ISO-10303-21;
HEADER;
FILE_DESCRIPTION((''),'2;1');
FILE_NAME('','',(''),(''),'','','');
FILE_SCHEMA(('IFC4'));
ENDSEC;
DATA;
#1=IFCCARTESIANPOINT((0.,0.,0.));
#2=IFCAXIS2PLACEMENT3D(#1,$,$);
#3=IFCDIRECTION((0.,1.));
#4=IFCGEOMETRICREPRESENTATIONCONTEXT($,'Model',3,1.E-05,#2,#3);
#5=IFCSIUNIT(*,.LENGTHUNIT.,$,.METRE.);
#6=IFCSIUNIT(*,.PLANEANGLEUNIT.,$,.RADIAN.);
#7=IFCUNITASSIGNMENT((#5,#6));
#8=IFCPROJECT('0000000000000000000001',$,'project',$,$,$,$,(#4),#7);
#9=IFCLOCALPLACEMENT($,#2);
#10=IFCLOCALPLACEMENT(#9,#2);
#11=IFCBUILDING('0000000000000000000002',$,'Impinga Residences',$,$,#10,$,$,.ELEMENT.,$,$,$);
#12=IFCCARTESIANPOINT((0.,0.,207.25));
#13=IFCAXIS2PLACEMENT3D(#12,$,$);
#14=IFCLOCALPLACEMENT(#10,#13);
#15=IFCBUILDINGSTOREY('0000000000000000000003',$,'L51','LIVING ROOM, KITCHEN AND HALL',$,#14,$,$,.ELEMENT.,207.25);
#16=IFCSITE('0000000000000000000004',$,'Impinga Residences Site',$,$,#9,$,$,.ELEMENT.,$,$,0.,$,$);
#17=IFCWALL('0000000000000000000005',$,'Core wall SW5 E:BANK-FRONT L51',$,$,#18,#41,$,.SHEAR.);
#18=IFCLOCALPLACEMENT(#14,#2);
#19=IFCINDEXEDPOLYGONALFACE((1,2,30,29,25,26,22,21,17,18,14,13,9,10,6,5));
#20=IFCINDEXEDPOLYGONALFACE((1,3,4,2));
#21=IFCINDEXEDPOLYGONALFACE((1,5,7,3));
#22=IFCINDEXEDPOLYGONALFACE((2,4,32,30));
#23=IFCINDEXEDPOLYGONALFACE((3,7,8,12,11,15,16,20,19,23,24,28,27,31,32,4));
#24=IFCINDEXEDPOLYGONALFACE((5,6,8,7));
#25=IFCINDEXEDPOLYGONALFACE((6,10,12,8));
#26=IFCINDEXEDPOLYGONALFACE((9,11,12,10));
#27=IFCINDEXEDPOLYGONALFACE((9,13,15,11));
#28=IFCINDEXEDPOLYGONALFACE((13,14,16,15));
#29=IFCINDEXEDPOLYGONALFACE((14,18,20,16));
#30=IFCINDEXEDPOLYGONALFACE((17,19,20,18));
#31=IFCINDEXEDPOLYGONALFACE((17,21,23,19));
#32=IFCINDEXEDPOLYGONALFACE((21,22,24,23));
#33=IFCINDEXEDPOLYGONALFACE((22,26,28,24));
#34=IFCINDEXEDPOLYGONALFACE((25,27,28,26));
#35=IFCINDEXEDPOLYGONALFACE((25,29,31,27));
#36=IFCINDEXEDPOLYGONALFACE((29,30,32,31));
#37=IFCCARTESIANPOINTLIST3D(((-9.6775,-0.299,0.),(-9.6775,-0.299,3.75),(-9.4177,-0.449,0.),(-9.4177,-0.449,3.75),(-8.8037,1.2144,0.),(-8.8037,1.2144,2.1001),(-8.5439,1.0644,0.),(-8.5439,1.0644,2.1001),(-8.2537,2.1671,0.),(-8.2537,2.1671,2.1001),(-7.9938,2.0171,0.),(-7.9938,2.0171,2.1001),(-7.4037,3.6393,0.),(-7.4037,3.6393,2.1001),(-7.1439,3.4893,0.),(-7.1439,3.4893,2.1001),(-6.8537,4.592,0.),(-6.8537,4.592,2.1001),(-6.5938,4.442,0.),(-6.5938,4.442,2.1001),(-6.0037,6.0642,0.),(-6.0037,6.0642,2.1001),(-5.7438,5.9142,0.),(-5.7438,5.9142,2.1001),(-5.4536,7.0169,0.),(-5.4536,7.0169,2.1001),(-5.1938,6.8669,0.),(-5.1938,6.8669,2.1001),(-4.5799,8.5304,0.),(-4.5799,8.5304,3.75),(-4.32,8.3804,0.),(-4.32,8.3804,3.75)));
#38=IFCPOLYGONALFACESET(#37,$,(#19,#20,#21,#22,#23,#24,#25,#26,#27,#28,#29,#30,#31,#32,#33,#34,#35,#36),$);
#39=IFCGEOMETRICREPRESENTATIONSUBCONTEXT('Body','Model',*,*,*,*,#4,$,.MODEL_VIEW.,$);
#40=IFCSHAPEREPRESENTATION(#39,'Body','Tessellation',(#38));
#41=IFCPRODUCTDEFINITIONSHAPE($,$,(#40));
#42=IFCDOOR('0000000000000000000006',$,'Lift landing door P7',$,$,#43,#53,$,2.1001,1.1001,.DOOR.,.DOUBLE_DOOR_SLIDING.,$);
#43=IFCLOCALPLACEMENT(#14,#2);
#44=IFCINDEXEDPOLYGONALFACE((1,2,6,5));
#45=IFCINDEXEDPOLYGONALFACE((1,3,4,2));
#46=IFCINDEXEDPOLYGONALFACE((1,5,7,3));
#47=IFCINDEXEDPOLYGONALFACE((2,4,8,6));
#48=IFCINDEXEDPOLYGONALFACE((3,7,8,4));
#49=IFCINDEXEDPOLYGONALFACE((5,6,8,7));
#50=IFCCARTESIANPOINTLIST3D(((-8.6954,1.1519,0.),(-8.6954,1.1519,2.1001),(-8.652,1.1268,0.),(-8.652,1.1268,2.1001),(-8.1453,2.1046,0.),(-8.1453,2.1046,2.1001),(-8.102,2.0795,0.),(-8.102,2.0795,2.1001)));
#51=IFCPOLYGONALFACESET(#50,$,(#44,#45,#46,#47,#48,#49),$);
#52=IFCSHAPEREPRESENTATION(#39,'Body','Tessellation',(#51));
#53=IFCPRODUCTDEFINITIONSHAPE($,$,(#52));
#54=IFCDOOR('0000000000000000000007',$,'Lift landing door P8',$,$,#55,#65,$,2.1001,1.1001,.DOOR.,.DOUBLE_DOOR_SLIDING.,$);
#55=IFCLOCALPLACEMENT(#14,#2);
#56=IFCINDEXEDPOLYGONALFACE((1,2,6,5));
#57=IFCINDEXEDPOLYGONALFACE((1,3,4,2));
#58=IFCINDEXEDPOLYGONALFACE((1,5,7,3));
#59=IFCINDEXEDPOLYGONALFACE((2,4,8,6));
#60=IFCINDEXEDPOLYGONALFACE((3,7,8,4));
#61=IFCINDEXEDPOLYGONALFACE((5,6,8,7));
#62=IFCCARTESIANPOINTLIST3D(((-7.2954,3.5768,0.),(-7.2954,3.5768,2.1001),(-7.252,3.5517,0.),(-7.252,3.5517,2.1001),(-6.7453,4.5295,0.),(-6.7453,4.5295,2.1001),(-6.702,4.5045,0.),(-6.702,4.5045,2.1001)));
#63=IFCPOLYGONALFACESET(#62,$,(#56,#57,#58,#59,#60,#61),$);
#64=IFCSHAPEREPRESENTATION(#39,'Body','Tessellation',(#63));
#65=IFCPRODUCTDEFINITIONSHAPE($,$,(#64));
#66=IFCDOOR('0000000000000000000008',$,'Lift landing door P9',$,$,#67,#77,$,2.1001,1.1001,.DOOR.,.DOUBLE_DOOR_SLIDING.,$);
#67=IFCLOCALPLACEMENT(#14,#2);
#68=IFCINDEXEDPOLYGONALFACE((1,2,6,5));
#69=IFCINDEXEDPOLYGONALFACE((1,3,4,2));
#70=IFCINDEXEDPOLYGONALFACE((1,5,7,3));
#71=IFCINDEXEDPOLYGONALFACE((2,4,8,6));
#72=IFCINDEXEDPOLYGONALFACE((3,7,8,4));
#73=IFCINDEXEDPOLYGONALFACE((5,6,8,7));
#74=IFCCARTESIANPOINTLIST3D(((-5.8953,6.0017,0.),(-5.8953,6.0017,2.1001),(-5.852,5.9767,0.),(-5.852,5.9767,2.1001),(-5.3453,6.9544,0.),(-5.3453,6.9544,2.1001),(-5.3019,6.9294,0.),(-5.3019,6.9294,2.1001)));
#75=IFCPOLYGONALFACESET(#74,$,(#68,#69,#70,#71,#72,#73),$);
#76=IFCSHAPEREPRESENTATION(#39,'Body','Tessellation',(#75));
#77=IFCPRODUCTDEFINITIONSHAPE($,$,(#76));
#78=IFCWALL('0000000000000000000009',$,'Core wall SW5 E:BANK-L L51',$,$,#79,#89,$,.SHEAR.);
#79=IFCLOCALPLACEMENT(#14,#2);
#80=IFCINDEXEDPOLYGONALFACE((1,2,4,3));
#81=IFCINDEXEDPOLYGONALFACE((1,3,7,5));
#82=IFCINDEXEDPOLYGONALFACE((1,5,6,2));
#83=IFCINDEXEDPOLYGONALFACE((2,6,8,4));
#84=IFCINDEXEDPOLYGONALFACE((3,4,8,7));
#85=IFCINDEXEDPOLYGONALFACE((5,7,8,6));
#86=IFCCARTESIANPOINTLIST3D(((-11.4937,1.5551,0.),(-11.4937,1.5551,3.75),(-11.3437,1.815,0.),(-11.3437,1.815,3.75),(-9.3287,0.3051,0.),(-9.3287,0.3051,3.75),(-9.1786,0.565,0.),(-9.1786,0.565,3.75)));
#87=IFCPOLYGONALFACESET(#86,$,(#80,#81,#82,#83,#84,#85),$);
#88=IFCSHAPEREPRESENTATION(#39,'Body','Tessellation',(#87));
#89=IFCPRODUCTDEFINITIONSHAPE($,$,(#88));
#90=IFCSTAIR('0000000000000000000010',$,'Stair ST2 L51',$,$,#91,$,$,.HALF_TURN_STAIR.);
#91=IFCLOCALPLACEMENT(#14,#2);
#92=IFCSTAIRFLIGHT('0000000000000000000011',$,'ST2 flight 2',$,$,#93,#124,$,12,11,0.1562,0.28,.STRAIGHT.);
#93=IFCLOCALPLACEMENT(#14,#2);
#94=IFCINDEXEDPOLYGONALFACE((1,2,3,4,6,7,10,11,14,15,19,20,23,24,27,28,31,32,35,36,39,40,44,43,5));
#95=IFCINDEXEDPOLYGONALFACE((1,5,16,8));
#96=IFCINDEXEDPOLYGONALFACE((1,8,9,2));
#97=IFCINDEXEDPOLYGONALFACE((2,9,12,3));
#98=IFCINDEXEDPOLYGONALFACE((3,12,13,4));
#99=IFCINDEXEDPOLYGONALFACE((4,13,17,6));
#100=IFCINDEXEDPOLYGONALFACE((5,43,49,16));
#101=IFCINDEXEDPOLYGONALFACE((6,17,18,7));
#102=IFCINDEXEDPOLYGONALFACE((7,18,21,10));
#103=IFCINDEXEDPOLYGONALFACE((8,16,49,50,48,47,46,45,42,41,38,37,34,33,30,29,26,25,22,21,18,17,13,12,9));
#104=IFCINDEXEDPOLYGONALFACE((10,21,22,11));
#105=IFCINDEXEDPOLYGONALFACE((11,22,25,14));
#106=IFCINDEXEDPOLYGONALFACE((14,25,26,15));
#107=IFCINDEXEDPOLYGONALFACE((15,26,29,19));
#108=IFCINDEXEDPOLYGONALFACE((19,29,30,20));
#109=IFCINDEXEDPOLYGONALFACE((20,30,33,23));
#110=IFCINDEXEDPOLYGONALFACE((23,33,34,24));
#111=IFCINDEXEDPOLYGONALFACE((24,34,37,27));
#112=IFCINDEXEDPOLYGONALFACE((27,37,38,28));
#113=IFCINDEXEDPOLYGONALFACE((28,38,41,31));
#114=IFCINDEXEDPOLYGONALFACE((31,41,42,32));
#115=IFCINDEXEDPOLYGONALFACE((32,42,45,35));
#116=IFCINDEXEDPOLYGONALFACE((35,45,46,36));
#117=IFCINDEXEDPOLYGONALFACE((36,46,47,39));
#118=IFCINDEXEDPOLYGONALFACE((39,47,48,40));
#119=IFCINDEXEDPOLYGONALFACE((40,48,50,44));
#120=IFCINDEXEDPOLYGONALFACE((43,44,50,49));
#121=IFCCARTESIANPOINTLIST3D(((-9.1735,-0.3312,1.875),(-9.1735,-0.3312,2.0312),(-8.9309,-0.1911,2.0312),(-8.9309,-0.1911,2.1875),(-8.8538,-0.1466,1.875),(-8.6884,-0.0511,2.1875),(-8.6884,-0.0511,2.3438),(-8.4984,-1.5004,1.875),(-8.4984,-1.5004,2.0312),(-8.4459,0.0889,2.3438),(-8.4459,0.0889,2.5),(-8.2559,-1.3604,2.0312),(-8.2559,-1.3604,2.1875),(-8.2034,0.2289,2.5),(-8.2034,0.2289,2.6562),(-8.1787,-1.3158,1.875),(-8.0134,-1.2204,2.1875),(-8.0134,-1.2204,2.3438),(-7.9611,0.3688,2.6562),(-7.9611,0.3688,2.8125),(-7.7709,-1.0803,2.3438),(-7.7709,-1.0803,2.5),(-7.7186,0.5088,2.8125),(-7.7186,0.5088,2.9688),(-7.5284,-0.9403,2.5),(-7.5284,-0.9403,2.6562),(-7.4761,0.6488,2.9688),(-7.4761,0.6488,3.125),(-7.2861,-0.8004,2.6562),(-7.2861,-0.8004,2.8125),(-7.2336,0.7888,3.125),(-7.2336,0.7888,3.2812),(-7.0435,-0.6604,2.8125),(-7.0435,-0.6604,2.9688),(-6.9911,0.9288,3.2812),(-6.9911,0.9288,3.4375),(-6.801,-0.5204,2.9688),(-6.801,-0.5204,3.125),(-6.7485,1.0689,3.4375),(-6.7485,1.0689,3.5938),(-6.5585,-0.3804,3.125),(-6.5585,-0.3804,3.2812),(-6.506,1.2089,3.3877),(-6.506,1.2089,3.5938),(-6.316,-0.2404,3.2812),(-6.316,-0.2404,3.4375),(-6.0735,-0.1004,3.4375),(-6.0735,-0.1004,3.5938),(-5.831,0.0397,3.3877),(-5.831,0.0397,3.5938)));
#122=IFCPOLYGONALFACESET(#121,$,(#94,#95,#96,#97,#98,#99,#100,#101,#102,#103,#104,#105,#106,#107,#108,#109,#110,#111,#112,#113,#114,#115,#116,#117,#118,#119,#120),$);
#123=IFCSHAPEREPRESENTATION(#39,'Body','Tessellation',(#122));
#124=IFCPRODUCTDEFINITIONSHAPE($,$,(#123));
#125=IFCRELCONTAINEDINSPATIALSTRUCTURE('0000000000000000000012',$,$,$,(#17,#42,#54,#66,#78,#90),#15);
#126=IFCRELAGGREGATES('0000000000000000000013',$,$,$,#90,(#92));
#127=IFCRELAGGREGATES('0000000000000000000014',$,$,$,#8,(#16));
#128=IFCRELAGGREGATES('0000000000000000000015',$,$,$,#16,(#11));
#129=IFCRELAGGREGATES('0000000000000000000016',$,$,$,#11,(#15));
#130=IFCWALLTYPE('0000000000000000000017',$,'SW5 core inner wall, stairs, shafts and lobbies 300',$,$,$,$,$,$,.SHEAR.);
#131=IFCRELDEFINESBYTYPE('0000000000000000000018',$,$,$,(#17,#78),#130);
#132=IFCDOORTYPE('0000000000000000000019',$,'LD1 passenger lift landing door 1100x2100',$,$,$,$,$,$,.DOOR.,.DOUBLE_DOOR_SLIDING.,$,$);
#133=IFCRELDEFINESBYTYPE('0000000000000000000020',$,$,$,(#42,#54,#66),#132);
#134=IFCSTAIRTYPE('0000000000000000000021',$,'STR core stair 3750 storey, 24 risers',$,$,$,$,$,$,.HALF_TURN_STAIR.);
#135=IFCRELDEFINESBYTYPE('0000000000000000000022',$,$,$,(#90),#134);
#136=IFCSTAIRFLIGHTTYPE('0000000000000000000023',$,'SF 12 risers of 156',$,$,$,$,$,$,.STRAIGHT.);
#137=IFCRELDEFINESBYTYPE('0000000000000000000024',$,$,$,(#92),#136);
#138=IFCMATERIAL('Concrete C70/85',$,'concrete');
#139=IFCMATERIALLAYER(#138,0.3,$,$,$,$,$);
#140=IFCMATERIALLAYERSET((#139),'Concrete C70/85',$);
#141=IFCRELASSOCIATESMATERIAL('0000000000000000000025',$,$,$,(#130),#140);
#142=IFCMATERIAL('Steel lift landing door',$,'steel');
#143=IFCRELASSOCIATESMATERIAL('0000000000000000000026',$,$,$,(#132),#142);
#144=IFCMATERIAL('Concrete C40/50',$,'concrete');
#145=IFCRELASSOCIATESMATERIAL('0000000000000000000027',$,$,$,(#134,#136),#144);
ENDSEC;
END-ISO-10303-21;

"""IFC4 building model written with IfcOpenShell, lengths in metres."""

from ifc_helpers import new_model, si_unit, direction, frame, frame_2d, origin, place, context, subcontext, project, spatial, polyline, rectangle, outline, extrude, material, layer, layer_set, type_object, element, fill, aggregate, save


model = new_model("IFC4")

# Units and contexts
model_context = context("Model", 3, precision=1e-05, world=origin(), true_north=direction((0.0, 1.0)))
body_context = subcontext(model_context, "Body", "Model", "MODEL_VIEW")
ifc_project = project(units=[si_unit("LENGTHUNIT", "METRE"), si_unit("PLANEANGLEUNIT", "RADIAN")], contexts=[model_context])

# Site, building, storey
site_placement = place(None, origin())
site = spatial("IfcSite", under=ifc_project, at=site_placement, Name="Impinga Residences Site", CompositionType="ELEMENT", RefElevation=0.0)
building_placement = place(site_placement, origin())
building = spatial("IfcBuilding", under=site, at=building_placement, Name="Impinga Residences", CompositionType="ELEMENT")
storey_placement = place(building_placement, frame((0.0, 0.0, 207.25)))
storey = spatial("IfcBuildingStorey", under=building, at=storey_placement, Name="L51", Description="LIVING ROOM, KITCHEN AND HALL", CompositionType="ELEMENT", Elevation=207.25)

# Wall, openings, doors
ifc_material_1 = material(Name="Concrete C70/85", Category="concrete")
ifc_layer_1 = layer(ifc_material_1, 0.3)
ifc_layer_set_1 = layer_set([ifc_layer_1], Name="Concrete C70/85")
wall_type_1 = type_object("IfcWallType", Name="SW5 core inner wall, stairs, shafts and lobbies 300", PredefinedType="SHEAR", material=ifc_layer_set_1)
wall_1_placement = place(storey_placement, frame((-9.5476, -0.374, 0.0), z_axis=(0.0, 0.0, 1.0), x_axis=(0.500002, 0.866024, 0.0)))
wall_1 = element("IfcWall", 1, at=wall_1_placement, inside=storey, type_object=wall_type_1, Name="Core wall SW5 E:BANK-FRONT L51", PredefinedType="SHEAR", context=body_context, shape_type="SweptSolid", body=[
    extrude(rectangle(XDim=10.1953, YDim=0.3, at=frame_2d((5.0977, 0.0))), origin(), (0.0, 0.0, 1.0), 3.75),
])
opening_1_placement = place(wall_1_placement, frame((1.7476, 0.0, 0.0)))
opening_1 = element("IfcOpeningElement", 2, at=opening_1_placement, cuts=wall_1, PredefinedType="OPENING", context=body_context, shape_type="SweptSolid", body=[
    extrude(rectangle(XDim=1.1001, YDim=2.1001, at=frame_2d((0.55, 1.05))), frame((0.0, 0.1599, 0.0), z_axis=(0.0, -1.0, 0.0), x_axis=(1.0, 0.0, 0.0)), (0.0, 0.0, 1.0), 0.3201),
])
opening_2_placement = place(wall_1_placement, frame((4.5476, 0.0, 0.0)))
opening_2 = element("IfcOpeningElement", 3, at=opening_2_placement, cuts=wall_1, PredefinedType="OPENING", context=body_context, shape_type="SweptSolid", body=[
    extrude(rectangle(XDim=1.1001, YDim=2.1001, at=frame_2d((0.55, 1.05))), frame((0.0, 0.1599, 0.0), z_axis=(0.0, -1.0, 0.0), x_axis=(1.0, 0.0, 0.0)), (0.0, 0.0, 1.0), 0.3201),
])
opening_3_placement = place(wall_1_placement, frame((7.3477, 0.0, 0.0)))
opening_3 = element("IfcOpeningElement", 4, at=opening_3_placement, cuts=wall_1, PredefinedType="OPENING", context=body_context, shape_type="SweptSolid", body=[
    extrude(rectangle(XDim=1.1001, YDim=2.1001, at=frame_2d((0.55, 1.05))), frame((0.0, 0.1599, 0.0), z_axis=(0.0, -1.0, 0.0), x_axis=(1.0, 0.0, 0.0)), (0.0, 0.0, 1.0), 0.3201),
])
ifc_material_2 = material(Name="Steel lift landing door", Category="steel")
door_type_1 = type_object("IfcDoorType", Name="LD1 passenger lift landing door 1100x2100", OperationType="DOUBLE_DOOR_SLIDING", PredefinedType="DOOR", material=ifc_material_2)
door_1_placement = place(opening_1_placement, origin())
door_1 = element("IfcDoor", 5, at=door_1_placement, inside=storey, type_object=door_type_1, Name="Lift landing door P7", OperationType="DOUBLE_DOOR_SLIDING", OverallHeight=2.1001, OverallWidth=1.1001, PredefinedType="DOOR", context=body_context, shape_type="SweptSolid", body=[
    extrude(rectangle(XDim=1.1001, YDim=2.1001, at=frame_2d((0.55, 1.05))), frame((0.0, 0.0249, 0.0), z_axis=(0.0, -1.0, 0.0), x_axis=(1.0, 0.0, 0.0)), (0.0, 0.0, 1.0), 0.05),
])
fill(opening_1, door_1)
door_2_placement = place(opening_2_placement, origin())
door_2 = element("IfcDoor", 6, at=door_2_placement, inside=storey, type_object=door_type_1, Name="Lift landing door P8", OperationType="DOUBLE_DOOR_SLIDING", OverallHeight=2.1001, OverallWidth=1.1001, PredefinedType="DOOR", context=body_context, shape_type="SweptSolid", body=[
    extrude(rectangle(XDim=1.1001, YDim=2.1001, at=frame_2d((0.55, 1.05))), frame((0.0, 0.0249, 0.0), z_axis=(0.0, -1.0, 0.0), x_axis=(1.0, 0.0, 0.0)), (0.0, 0.0, 1.0), 0.05),
])
fill(opening_2, door_2)
door_3_placement = place(opening_3_placement, origin())
door_3 = element("IfcDoor", 7, at=door_3_placement, inside=storey, type_object=door_type_1, Name="Lift landing door P9", OperationType="DOUBLE_DOOR_SLIDING", OverallHeight=2.1001, OverallWidth=1.1001, PredefinedType="DOOR", context=body_context, shape_type="SweptSolid", body=[
    extrude(rectangle(XDim=1.1001, YDim=2.1001, at=frame_2d((0.55, 1.05))), frame((0.0, 0.0249, 0.0), z_axis=(0.0, -1.0, 0.0), x_axis=(1.0, 0.0, 0.0)), (0.0, 0.0, 1.0), 0.05),
])
fill(opening_3, door_3)

# Wall
wall_2_placement = place(storey_placement, frame((-9.2537, 0.4351, 0.0), z_axis=(0.0, 0.0, 1.0), x_axis=(-0.866023, 0.500004, 0.0)))
element("IfcWall", 8, at=wall_2_placement, inside=storey, type_object=wall_type_1, Name="Core wall SW5 E:BANK-L L51", PredefinedType="SHEAR", context=body_context, shape_type="SweptSolid", body=[
    extrude(rectangle(XDim=2.5, YDim=0.3, at=frame_2d((1.25, 0.0))), origin(), (0.0, 0.0, 1.0), 3.75),
])

# Stair, stair flight
ifc_material_3 = material(Name="Concrete C40/50", Category="concrete")
stair_type = type_object("IfcStairType", Name="STR core stair 3750 storey, 24 risers", PredefinedType="HALF_TURN_STAIR", material=ifc_material_3)
stair_placement = place(storey_placement, origin())
stair = element("IfcStair", 9, at=stair_placement, inside=storey, type_object=stair_type, Name="Stair ST2 L51", PredefinedType="HALF_TURN_STAIR")
stair_flight_type = type_object("IfcStairFlightType", Name="SF 12 risers of 156", PredefinedType="STRAIGHT", material=ifc_material_3)
stair_flight_placement = place(storey_placement, frame((-8.8359, -0.9158, 1.875), z_axis=(0.0, 0.0, 1.0), x_axis=(0.866025, 0.5, 0.0)))
stair_flight = element("IfcStairFlight", 10, at=stair_flight_placement, type_object=stair_flight_type, Name="ST2 flight 2", NumberOfRisers=12, NumberOfTreads=11, PredefinedType="STRAIGHT", RiserHeight=0.1562, TreadLength=0.28, context=body_context, shape_type="SweptSolid", body=[
    extrude(outline(polyline([(0.0, 0.0), (0.0, 0.1562), (0.28, 0.1562), (0.28, 0.3125), (0.5601, 0.3125), (0.5601, 0.4688), (0.8401, 0.4688), (0.8401, 0.625), (1.1201, 0.625), (1.1201, 0.7812), (1.3999, 0.7812), (1.3999, 0.9375), (1.6799, 0.9375), (1.6799, 1.0938), (1.96, 1.0938), (1.96, 1.25), (2.24, 1.25), (2.24, 1.4062), (2.52, 1.4062), (2.52, 1.5625), (2.8, 1.5625), (2.8, 1.7188), (3.0801, 1.7188), (3.0801, 1.875), (3.0801, 1.5127), (0.3691, 0.0), (0.0, 0.0)])), frame((0.0, 0.675, 0.0), z_axis=(0.0, -1.0, 0.0), x_axis=(1.0, 0.0, 0.0)), (0.0, 0.0, 1.0), 1.3501),
])
aggregate(stair, [stair_flight])

save(model, "model.ifc")
